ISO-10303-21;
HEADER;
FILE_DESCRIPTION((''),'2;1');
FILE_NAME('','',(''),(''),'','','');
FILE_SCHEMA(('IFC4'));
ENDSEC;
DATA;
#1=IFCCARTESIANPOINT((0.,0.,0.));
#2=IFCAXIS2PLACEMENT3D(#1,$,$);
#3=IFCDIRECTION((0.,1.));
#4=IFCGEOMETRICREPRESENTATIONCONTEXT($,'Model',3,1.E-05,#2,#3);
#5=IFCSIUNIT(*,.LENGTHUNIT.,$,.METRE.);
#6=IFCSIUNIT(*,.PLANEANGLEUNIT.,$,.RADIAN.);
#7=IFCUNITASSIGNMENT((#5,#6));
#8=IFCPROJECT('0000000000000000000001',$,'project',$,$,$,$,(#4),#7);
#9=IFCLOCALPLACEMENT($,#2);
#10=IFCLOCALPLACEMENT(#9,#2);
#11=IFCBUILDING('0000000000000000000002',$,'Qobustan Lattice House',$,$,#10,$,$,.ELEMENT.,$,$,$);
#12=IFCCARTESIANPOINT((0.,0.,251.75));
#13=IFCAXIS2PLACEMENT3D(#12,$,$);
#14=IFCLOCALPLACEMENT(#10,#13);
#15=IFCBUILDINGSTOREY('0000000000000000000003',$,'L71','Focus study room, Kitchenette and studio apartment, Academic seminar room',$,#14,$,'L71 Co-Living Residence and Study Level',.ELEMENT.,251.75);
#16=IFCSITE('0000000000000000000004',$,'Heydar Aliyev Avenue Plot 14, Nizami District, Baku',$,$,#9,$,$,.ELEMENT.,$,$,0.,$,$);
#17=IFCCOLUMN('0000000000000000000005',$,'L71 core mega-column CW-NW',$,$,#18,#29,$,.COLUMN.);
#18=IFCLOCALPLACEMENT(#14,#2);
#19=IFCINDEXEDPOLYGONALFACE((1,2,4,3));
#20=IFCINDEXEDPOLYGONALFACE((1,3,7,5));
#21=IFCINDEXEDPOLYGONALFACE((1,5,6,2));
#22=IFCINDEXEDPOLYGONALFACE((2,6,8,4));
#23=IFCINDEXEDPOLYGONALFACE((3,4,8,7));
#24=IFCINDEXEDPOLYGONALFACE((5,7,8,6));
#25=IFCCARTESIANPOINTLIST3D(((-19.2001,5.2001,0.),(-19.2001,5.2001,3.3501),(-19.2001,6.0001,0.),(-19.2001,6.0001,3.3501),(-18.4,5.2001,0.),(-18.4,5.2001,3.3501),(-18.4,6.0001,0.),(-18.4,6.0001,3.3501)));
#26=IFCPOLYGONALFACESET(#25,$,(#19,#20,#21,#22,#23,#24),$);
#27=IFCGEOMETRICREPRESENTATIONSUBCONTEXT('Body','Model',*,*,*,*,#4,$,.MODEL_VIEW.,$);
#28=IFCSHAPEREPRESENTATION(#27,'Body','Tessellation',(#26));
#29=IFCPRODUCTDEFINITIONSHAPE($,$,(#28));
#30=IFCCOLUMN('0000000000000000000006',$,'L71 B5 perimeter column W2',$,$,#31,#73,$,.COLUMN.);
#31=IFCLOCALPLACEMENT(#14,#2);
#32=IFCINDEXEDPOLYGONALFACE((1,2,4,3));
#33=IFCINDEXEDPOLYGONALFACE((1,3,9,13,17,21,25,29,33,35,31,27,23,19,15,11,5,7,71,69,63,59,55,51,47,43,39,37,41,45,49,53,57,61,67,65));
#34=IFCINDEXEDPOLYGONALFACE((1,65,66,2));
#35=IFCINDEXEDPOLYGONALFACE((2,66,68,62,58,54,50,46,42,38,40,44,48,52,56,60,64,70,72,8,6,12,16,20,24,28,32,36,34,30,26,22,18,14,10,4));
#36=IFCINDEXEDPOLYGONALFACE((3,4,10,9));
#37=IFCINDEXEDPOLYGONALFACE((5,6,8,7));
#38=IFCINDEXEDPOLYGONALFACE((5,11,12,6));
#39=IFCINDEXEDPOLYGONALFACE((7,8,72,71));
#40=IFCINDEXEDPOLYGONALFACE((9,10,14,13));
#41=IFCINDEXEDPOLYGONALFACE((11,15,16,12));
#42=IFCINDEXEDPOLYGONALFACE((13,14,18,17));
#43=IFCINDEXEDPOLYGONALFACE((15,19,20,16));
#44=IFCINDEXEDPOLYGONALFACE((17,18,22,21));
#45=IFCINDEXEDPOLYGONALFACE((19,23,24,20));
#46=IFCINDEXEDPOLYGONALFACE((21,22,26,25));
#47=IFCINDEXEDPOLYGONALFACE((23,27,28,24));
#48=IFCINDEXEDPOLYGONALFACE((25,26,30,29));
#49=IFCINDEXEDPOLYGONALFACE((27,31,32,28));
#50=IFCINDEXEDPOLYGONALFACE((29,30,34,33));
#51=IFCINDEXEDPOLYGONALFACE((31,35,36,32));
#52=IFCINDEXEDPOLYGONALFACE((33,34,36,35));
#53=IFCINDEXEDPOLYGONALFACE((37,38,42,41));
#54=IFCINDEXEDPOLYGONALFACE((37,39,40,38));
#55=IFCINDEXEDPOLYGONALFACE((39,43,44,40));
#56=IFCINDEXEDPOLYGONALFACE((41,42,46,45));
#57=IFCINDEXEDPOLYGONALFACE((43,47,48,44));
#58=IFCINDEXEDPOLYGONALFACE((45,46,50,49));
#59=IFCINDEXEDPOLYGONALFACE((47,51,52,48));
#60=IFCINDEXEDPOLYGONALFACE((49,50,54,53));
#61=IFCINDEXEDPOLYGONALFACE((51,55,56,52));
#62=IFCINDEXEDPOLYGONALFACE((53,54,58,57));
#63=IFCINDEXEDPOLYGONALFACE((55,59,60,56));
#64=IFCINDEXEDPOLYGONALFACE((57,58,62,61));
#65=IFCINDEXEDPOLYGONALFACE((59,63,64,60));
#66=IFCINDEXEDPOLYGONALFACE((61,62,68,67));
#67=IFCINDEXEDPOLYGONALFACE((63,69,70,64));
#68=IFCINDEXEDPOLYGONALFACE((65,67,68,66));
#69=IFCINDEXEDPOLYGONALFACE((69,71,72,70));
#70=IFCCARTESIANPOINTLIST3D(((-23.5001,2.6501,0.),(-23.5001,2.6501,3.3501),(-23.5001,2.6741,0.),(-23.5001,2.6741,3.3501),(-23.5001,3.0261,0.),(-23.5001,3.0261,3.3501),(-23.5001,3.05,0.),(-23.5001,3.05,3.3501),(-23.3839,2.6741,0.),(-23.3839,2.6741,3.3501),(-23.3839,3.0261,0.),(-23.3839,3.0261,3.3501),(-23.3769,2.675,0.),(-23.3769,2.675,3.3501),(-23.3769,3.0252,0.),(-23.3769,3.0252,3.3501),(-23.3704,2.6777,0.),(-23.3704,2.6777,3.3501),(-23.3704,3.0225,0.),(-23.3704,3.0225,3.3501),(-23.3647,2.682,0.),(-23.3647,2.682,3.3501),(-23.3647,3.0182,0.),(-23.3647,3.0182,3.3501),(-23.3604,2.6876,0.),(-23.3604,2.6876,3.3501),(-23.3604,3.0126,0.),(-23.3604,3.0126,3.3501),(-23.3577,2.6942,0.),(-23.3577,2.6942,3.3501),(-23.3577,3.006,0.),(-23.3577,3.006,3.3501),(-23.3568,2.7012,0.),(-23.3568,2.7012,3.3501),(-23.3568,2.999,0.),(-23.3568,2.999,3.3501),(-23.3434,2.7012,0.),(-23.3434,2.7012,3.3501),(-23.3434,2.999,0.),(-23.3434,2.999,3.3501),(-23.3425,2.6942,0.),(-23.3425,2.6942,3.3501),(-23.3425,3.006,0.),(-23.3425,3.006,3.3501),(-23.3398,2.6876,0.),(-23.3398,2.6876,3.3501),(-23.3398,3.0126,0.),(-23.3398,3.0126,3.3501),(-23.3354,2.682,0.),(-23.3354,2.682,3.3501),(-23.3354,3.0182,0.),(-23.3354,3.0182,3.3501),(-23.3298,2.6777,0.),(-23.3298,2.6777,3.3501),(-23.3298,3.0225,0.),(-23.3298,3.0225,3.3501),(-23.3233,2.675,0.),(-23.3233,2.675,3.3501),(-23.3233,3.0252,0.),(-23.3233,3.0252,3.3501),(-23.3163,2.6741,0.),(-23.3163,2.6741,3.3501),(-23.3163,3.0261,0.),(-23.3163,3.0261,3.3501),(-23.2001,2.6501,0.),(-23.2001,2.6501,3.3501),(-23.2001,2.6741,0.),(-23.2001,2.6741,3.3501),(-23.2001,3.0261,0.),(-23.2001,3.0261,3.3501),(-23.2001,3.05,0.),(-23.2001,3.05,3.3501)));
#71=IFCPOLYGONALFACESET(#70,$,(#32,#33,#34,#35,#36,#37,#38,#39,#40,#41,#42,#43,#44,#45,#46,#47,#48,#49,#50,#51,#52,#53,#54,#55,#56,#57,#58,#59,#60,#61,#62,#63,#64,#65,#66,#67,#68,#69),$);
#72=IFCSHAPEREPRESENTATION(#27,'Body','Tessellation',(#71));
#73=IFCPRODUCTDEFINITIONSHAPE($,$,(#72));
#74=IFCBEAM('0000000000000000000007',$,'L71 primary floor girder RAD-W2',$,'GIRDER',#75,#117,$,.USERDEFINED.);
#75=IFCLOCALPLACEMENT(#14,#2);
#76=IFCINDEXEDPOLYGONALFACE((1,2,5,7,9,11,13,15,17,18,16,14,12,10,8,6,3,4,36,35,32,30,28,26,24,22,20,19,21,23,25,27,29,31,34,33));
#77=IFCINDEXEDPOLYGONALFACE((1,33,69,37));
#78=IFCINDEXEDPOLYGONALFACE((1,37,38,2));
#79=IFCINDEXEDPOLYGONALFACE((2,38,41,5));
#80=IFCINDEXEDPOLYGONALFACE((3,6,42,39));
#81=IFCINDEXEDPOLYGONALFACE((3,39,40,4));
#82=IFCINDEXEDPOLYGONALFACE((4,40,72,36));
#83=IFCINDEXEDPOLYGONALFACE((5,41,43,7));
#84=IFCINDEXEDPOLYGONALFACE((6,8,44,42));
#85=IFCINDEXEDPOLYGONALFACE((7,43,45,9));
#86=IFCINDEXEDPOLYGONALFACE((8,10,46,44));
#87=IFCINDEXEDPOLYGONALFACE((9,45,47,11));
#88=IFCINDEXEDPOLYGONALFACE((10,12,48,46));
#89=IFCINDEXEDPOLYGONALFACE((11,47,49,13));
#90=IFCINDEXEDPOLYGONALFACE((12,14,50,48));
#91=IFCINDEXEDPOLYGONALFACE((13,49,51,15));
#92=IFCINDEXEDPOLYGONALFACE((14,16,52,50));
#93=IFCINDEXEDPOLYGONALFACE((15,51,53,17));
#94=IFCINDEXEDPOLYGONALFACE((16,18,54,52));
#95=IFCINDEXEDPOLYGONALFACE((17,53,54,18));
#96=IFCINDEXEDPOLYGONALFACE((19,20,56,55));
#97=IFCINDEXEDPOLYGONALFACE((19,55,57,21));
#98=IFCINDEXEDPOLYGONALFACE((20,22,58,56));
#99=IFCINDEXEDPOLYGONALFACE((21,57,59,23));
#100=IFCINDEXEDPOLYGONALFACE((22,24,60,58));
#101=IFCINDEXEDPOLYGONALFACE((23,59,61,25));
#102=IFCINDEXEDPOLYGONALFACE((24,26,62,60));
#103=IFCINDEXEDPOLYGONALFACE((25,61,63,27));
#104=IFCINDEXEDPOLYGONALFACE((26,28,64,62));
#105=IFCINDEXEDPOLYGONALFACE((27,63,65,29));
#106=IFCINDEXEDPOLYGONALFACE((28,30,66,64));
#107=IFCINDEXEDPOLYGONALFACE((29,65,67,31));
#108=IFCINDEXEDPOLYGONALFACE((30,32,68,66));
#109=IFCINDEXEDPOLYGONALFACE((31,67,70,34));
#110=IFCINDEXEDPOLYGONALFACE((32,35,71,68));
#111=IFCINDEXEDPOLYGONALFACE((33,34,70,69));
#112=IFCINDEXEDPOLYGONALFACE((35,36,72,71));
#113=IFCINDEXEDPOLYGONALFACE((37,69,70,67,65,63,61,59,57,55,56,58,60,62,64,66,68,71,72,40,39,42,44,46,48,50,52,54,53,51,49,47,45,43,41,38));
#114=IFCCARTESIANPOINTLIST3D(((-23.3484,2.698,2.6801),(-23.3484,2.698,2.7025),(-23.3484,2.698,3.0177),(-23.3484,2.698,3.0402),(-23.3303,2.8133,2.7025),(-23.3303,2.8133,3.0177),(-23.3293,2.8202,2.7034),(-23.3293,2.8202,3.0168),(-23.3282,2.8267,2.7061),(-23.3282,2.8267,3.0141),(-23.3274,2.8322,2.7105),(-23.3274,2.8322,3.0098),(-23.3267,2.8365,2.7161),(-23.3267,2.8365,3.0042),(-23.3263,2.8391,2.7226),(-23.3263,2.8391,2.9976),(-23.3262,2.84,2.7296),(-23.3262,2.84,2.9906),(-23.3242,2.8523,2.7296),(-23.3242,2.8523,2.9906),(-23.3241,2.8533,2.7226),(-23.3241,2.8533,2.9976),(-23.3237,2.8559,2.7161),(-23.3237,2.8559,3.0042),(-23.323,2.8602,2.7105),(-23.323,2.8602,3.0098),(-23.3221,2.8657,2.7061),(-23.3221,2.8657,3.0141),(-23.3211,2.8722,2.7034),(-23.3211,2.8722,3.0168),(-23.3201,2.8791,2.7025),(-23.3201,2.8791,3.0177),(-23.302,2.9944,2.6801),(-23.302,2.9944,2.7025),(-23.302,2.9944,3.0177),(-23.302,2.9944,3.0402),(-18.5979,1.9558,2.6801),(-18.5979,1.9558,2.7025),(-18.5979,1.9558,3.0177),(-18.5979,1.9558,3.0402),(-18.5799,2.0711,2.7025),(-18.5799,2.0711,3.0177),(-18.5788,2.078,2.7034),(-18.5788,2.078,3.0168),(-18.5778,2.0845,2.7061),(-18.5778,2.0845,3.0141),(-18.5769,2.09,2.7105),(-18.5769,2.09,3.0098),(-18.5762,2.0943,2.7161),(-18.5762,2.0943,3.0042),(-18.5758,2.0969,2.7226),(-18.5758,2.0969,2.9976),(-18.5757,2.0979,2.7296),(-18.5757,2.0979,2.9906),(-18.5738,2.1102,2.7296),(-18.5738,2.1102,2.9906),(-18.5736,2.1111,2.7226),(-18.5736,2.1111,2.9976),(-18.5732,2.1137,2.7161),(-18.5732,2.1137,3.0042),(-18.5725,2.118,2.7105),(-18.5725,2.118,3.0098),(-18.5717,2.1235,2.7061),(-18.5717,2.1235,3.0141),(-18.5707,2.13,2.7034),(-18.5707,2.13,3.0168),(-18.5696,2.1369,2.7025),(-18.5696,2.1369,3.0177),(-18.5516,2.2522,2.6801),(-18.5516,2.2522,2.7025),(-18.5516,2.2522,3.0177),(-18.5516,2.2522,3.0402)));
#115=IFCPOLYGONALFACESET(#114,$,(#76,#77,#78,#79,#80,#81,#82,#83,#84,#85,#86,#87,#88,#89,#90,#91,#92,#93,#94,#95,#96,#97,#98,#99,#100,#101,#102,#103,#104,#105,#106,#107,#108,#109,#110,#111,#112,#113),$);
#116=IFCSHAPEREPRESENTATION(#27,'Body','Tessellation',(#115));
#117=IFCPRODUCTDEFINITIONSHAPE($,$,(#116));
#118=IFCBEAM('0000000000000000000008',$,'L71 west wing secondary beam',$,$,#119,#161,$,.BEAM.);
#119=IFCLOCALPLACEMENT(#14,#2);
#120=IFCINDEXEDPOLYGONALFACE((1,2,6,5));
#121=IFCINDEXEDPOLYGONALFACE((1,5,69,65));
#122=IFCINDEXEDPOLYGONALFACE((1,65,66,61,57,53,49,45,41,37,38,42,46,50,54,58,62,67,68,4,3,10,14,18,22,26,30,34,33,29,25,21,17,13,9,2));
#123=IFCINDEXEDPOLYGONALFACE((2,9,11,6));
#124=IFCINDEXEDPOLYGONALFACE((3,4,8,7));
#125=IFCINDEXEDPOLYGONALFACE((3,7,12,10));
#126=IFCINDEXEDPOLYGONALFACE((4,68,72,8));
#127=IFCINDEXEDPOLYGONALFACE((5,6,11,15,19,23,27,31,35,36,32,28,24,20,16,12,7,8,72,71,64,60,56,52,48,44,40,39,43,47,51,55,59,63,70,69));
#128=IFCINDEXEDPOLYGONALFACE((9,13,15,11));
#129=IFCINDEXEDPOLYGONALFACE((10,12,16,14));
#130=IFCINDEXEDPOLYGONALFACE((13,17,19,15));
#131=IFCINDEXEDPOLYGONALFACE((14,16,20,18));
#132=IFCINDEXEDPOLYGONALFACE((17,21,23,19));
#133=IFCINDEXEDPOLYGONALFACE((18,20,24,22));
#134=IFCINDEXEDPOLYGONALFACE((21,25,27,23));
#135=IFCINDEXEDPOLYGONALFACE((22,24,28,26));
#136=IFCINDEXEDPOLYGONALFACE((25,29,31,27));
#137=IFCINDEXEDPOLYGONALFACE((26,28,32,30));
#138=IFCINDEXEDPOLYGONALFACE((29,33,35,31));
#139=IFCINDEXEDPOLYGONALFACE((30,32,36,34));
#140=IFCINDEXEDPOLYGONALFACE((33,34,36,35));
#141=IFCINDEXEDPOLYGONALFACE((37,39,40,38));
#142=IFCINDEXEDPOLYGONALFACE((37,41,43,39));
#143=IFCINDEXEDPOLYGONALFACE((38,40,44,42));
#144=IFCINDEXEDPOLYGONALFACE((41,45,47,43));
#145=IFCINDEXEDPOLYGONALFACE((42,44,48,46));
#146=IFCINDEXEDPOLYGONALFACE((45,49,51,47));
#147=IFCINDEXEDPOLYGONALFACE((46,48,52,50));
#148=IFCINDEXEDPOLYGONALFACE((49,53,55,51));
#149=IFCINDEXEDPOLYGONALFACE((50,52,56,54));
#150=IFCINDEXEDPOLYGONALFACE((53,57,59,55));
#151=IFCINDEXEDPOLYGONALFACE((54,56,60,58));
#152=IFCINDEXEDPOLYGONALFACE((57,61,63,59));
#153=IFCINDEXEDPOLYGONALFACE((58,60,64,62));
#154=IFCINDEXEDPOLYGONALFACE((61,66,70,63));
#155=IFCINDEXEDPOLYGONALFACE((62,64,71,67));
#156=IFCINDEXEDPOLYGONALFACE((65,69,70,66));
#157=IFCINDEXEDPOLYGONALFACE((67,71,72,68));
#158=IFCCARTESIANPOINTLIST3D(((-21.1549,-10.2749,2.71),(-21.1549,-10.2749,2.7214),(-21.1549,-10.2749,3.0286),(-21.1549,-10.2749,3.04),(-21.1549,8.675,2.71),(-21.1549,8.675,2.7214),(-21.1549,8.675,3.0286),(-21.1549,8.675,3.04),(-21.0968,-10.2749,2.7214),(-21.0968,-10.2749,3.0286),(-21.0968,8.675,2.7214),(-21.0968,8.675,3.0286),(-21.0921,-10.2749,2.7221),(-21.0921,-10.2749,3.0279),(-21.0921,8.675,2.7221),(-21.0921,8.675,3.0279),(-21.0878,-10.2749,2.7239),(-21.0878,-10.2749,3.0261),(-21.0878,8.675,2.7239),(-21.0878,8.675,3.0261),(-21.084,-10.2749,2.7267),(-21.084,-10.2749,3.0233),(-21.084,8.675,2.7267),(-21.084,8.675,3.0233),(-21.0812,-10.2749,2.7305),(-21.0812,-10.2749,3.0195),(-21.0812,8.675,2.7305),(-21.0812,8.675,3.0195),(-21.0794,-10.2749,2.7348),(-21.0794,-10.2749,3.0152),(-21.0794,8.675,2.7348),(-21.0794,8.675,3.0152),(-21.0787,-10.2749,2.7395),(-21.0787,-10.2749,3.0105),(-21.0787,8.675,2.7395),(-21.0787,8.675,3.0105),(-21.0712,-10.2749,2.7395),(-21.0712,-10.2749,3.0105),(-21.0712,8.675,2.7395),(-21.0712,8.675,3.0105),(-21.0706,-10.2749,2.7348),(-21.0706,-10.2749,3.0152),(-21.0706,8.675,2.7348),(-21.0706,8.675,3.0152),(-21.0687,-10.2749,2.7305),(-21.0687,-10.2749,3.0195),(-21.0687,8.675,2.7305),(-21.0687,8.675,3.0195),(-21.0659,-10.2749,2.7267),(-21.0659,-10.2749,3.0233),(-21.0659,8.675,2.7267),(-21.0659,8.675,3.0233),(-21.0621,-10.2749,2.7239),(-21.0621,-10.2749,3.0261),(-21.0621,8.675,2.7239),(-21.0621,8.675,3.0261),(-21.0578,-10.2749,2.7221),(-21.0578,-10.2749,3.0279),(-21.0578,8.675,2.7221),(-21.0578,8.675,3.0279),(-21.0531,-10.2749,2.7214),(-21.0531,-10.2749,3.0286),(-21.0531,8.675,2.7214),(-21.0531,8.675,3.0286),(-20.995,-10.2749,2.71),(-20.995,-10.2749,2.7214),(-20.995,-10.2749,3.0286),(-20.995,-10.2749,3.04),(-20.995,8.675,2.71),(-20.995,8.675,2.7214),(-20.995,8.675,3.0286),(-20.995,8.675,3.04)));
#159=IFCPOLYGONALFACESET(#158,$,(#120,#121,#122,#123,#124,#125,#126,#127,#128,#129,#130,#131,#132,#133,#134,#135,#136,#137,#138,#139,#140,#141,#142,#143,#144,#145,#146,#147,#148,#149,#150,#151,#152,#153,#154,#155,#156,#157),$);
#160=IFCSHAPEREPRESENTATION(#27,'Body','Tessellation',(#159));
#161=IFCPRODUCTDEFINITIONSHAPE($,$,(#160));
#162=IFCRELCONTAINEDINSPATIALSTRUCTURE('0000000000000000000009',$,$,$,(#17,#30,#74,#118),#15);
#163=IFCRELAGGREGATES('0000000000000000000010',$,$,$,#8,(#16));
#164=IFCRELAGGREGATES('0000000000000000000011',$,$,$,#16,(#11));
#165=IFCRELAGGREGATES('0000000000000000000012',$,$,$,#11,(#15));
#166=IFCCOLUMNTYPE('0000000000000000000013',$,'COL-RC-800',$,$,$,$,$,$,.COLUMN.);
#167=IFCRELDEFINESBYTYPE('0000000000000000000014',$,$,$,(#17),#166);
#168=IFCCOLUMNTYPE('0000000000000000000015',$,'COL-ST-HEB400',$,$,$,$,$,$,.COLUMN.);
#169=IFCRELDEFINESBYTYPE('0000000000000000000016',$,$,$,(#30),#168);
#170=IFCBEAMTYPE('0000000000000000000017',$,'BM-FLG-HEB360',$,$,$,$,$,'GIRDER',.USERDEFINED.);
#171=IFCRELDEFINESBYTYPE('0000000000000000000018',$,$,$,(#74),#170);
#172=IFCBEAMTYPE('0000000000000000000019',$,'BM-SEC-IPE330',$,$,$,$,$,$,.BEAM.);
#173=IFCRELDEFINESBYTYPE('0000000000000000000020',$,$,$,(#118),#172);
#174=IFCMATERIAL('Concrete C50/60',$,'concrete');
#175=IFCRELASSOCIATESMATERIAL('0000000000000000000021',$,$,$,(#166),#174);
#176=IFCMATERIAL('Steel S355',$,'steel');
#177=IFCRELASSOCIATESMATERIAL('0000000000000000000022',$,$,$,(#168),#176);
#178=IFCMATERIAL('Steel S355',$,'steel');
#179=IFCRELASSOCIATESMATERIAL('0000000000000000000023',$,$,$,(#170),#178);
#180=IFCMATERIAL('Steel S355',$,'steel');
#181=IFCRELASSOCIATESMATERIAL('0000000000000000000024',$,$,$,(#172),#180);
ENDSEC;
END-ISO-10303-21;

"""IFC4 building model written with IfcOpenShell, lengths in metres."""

from ifc_helpers import new_model, si_unit, direction, frame, origin, origin_2d, place, context, subcontext, project, spatial, rectangle, i_section, extrude, material, material_profile, profile_set, type_object, element, save


model = new_model("IFC4")

# Units and contexts
model_context = context("Model", 3, precision=1e-05, world=origin(), true_north=direction((0.0, 1.0)))
body_context = subcontext(model_context, "Body", "Model", "MODEL_VIEW")
ifc_project = project(units=[si_unit("LENGTHUNIT", "METRE"), si_unit("PLANEANGLEUNIT", "RADIAN")], contexts=[model_context])

# Site, building, storey
site_placement = place(None, origin())
site = spatial("IfcSite", under=ifc_project, at=site_placement, Name="Heydar Aliyev Avenue Plot 14, Nizami District, Baku", CompositionType="ELEMENT", RefElevation=0.0)
building_placement = place(site_placement, origin())
building = spatial("IfcBuilding", under=site, at=building_placement, Name="Qobustan Lattice House", CompositionType="ELEMENT")
storey_placement = place(building_placement, frame((0.0, 0.0, 251.75)))
storey = spatial("IfcBuildingStorey", under=building, at=storey_placement, Name="L71", Description="Focus study room, Kitchenette and studio apartment, Academic seminar room", LongName="L71 Co-Living Residence and Study Level", CompositionType="ELEMENT", Elevation=251.75)

# Columns
ifc_material_1 = material(Name="Concrete C50/60", Category="concrete")
ifc_material_profile_1 = material_profile(ifc_material_1, rectangle(XDim=0.8, YDim=0.8, at=origin_2d()), Name="RC800x800")
ifc_profile_set_1 = profile_set([ifc_material_profile_1], Name="Concrete C50/60")
column_type_1 = type_object("IfcColumnType", Name="COL-RC-800", PredefinedType="COLUMN", material=ifc_profile_set_1)
column_1_placement = place(storey_placement, frame((-18.8, 5.6001, 0.0), z_axis=(0.0, 0.0, 1.0), x_axis=(1.0, 0.0, 0.0)))
element("IfcColumn", 1, at=column_1_placement, inside=storey, type_object=column_type_1, Name="L71 core mega-column CW-NW", PredefinedType="COLUMN", context=body_context, shape_type="SweptSolid", body=[
    extrude(rectangle(XDim=0.8, YDim=0.8, at=origin_2d()), origin(), (0.0, 0.0, 1.0), 3.3501),
])
ifc_material_2 = material(Name="Steel S355", Category="steel")
ifc_material_profile_2 = material_profile(ifc_material_2, i_section(OverallWidth=0.3, OverallDepth=0.3999, WebThickness=0.0134, FlangeThickness=0.0239, FilletRadius=0.0271, at=origin_2d()), Name="HEB400")
ifc_profile_set_2 = profile_set([ifc_material_profile_2], Name="Steel S355")
column_type_2 = type_object("IfcColumnType", Name="COL-ST-HEB400", PredefinedType="COLUMN", material=ifc_profile_set_2)
column_2_placement = place(storey_placement, frame((-23.3501, 2.8501, 0.0), z_axis=(0.0, 0.0, 1.0), x_axis=(1.0, 0.0, 0.0)))
element("IfcColumn", 2, at=column_2_placement, inside=storey, type_object=column_type_2, Name="L71 B5 perimeter column W2", PredefinedType="COLUMN", context=body_context, shape_type="SweptSolid", body=[
    extrude(i_section(OverallWidth=0.3, OverallDepth=0.3999, WebThickness=0.0134, FlangeThickness=0.0239, FilletRadius=0.0271, at=origin_2d()), origin(), (0.0, 0.0, 1.0), 3.3501),
])

# Beams
ifc_material_3 = material(Name="Steel S355", Category="steel")
ifc_material_profile_3 = material_profile(ifc_material_3, i_section(OverallWidth=0.3, OverallDepth=0.3601, WebThickness=0.0125, FlangeThickness=0.0225, FilletRadius=0.0271, at=origin_2d()), Name="HEB360")
ifc_profile_set_3 = profile_set([ifc_material_profile_3], Name="Steel S355")
beam_type_1 = type_object("IfcBeamType", Name="BM-FLG-HEB360", ElementType="GIRDER", PredefinedType="USERDEFINED", material=ifc_profile_set_3)
beam_1_placement = place(storey_placement, frame((-23.3252, 2.8462, 2.8601), z_axis=(0.988014, -0.154361, 0.0), x_axis=(0.154361, 0.988014, 0.0)))
element("IfcBeam", 3, at=beam_1_placement, inside=storey, type_object=beam_type_1, Name="L71 primary floor girder RAD-W2", ObjectType="GIRDER", PredefinedType="USERDEFINED", context=body_context, shape_type="SweptSolid", body=[
    extrude(i_section(OverallWidth=0.3, OverallDepth=0.3601, WebThickness=0.0125, FlangeThickness=0.0225, FilletRadius=0.0271, at=origin_2d()), origin(), (0.0, 0.0, 1.0), 4.8081),
])
ifc_material_4 = material(Name="Steel S355", Category="steel")
ifc_material_profile_4 = material_profile(ifc_material_4, i_section(OverallWidth=0.1599, OverallDepth=0.3301, WebThickness=0.0076, FlangeThickness=0.0115, FilletRadius=0.0181, at=origin_2d()), Name="IPE330")
ifc_profile_set_4 = profile_set([ifc_material_profile_4], Name="Steel S355")
beam_type_2 = type_object("IfcBeamType", Name="BM-SEC-IPE330", PredefinedType="BEAM", material=ifc_profile_set_4)
beam_2_placement = place(storey_placement, frame((-21.075, 8.675, 2.875), z_axis=(0.0, -1.0, 0.0), x_axis=(1.0, 0.0, 0.0)))
element("IfcBeam", 4, at=beam_2_placement, inside=storey, type_object=beam_type_2, Name="L71 west wing secondary beam", PredefinedType="BEAM", context=body_context, shape_type="SweptSolid", body=[
    extrude(i_section(OverallWidth=0.1599, OverallDepth=0.3301, WebThickness=0.0076, FlangeThickness=0.0115, FilletRadius=0.0181, at=origin_2d()), origin(), (0.0, 0.0, 1.0), 18.95),
])

save(model, "model.ifc")
